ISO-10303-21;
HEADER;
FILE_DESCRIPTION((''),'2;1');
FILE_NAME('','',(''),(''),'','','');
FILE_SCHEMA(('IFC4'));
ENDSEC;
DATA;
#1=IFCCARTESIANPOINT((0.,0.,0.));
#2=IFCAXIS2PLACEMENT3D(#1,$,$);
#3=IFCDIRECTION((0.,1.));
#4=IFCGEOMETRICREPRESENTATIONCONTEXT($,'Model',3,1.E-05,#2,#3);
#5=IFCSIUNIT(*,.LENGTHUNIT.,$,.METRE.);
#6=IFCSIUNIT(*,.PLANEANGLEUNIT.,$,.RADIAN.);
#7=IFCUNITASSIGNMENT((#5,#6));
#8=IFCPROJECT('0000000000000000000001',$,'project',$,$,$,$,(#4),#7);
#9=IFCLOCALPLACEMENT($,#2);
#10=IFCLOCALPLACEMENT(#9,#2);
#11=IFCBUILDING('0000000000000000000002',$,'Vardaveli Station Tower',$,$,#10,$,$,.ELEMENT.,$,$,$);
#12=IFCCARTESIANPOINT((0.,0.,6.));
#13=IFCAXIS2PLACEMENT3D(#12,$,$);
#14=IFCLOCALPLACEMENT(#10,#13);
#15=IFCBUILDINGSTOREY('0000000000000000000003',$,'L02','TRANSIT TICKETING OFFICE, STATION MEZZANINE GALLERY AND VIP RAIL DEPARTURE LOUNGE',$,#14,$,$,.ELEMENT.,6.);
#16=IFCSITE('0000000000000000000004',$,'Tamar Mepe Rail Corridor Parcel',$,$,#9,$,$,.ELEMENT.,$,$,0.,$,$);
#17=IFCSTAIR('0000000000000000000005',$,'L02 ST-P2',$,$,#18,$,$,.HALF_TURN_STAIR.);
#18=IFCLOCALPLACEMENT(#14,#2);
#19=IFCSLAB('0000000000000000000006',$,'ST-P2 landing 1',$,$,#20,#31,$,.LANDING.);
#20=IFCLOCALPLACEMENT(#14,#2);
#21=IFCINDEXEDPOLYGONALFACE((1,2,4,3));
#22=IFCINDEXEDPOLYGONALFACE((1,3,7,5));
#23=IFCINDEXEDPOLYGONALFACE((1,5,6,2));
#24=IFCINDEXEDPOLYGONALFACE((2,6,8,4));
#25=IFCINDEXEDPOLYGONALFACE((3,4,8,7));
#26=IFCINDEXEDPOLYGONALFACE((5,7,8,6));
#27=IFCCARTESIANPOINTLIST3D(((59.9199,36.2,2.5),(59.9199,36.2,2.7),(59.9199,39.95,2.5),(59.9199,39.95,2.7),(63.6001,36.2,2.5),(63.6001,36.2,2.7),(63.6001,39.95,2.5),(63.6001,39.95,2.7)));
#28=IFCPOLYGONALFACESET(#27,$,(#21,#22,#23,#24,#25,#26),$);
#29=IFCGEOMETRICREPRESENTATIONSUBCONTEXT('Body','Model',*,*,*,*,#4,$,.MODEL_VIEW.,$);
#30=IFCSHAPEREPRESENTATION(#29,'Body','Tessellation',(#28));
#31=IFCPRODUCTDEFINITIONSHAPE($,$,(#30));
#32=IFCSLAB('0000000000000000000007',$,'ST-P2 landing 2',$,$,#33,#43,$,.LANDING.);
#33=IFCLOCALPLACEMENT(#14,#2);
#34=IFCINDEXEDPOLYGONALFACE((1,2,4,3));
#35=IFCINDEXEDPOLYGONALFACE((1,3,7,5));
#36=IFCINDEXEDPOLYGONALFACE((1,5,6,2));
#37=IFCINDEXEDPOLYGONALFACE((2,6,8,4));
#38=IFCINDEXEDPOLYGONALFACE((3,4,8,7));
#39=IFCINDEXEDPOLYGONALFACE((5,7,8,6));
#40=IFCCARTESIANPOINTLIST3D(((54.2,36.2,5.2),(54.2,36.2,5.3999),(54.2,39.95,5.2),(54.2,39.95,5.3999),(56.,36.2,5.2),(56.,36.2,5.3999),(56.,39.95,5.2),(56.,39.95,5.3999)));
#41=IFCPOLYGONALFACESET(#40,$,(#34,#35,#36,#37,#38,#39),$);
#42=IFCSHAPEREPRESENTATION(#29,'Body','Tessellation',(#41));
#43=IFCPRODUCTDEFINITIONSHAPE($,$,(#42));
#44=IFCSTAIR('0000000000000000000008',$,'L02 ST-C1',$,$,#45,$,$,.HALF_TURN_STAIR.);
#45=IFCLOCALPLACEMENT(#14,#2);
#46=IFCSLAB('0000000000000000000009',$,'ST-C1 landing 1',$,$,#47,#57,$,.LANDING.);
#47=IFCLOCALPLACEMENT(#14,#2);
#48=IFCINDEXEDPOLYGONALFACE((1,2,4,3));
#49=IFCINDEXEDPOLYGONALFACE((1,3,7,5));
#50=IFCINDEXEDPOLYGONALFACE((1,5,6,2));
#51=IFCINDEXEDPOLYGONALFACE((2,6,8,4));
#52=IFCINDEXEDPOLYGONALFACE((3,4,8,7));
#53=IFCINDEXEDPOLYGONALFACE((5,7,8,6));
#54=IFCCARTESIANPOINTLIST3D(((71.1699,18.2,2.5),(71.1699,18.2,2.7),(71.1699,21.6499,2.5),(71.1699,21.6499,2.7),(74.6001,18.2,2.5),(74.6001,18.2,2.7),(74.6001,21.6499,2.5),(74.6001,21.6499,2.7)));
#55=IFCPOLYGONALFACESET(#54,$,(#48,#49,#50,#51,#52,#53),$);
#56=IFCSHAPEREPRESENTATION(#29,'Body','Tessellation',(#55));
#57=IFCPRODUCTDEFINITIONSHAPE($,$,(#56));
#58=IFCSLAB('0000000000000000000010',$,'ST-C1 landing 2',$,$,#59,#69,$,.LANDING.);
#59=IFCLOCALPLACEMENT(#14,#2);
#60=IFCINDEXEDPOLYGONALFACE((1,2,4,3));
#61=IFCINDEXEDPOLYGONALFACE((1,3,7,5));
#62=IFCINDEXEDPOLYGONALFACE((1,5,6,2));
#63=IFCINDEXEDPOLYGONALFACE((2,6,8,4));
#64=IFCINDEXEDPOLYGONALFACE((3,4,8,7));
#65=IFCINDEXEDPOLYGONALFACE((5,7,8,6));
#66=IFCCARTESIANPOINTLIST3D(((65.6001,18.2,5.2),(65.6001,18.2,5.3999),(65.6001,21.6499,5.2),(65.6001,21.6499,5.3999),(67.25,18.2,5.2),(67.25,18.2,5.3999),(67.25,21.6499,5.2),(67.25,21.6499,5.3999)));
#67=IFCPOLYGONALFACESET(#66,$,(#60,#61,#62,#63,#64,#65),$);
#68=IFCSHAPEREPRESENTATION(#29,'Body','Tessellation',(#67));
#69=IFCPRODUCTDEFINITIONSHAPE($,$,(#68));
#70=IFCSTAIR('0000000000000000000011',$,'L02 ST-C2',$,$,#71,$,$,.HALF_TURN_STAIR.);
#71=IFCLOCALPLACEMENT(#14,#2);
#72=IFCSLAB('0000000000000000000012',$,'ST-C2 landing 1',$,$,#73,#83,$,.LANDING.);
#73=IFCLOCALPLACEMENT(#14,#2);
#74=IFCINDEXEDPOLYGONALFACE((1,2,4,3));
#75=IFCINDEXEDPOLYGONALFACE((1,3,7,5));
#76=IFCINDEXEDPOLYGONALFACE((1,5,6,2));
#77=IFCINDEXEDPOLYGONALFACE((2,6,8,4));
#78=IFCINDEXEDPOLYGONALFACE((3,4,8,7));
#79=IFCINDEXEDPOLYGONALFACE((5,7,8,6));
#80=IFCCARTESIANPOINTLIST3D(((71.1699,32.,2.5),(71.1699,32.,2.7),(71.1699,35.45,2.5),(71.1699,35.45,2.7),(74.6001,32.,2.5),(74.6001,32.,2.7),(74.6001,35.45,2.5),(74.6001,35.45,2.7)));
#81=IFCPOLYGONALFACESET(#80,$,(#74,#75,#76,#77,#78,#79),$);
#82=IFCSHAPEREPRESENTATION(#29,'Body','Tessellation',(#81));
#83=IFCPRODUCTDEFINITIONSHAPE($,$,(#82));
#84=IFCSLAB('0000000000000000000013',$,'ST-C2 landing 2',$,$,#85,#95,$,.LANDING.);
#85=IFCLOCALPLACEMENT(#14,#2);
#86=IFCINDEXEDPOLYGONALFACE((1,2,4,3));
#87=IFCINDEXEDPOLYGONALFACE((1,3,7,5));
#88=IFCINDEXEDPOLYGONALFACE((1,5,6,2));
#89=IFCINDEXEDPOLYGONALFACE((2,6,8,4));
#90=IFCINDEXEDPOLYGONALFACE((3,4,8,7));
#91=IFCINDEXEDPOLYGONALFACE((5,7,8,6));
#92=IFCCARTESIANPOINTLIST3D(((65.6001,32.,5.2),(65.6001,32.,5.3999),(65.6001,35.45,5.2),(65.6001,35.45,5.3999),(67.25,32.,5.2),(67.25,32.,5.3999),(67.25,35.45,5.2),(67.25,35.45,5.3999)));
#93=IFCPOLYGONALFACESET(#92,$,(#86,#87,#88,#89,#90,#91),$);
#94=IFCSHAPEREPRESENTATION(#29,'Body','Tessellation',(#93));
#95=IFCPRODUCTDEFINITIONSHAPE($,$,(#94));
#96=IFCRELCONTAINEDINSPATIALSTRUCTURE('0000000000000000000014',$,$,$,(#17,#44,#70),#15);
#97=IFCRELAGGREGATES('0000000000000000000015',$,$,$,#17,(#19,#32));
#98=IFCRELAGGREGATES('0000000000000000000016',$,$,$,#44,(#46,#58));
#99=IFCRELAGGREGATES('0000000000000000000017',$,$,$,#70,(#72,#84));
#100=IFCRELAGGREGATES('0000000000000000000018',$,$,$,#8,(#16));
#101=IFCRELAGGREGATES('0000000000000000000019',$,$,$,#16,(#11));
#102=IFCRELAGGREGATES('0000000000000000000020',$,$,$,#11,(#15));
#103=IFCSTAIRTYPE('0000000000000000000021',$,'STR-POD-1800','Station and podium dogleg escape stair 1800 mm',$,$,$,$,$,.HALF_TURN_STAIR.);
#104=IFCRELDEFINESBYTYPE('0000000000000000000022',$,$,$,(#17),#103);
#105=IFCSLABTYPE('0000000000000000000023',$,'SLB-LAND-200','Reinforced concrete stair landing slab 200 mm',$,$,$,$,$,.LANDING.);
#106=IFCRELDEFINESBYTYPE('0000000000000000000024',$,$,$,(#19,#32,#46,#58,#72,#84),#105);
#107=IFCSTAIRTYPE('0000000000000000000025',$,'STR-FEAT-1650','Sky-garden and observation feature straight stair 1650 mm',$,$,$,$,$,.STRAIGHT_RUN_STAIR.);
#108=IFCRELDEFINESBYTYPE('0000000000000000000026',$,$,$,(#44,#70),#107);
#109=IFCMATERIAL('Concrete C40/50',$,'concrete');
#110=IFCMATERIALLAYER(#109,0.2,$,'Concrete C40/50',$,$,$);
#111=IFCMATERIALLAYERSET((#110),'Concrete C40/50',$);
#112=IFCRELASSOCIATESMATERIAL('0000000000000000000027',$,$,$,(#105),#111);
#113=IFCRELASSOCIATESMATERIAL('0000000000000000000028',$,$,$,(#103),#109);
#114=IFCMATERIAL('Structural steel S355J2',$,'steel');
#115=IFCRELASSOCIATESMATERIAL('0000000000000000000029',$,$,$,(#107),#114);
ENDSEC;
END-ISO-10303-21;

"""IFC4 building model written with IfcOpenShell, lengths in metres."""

from ifc_helpers import new_model, si_unit, direction, frame, origin, place, context, subcontext, project, spatial, polyline, outline, extrude, material, layer, layer_set, type_object, element, aggregate, save


model = new_model("IFC4")

# Units and contexts
model_context = context("Model", 3, precision=1e-05, world=origin(), true_north=direction((0.0, 1.0)))
body_context = subcontext(model_context, "Body", "Model", "MODEL_VIEW")
ifc_project = project(units=[si_unit("LENGTHUNIT", "METRE"), si_unit("PLANEANGLEUNIT", "RADIAN")], contexts=[model_context])

# Site, building, storey
site_placement = place(None, origin())
site = spatial("IfcSite", under=ifc_project, at=site_placement, Name="Tamar Mepe Rail Corridor Parcel", CompositionType="ELEMENT", RefElevation=0.0)
building_placement = place(site_placement, origin())
building = spatial("IfcBuilding", under=site, at=building_placement, Name="Vardaveli Station Tower", CompositionType="ELEMENT")
storey_placement = place(building_placement, frame((0.0, 0.0, 6.0)))
storey = spatial("IfcBuildingStorey", under=building, at=storey_placement, Name="L02", Description="TRANSIT TICKETING OFFICE, STATION MEZZANINE GALLERY AND VIP RAIL DEPARTURE LOUNGE", CompositionType="ELEMENT", Elevation=6.0)

# Shared definitions
ifc_material_1 = material(Name="Structural steel S355J2", Category="steel")

# Stairs, slabs
ifc_material_2 = material(Name="Concrete C40/50", Category="concrete")
ifc_layer_1 = layer(ifc_material_2, 0.2, Name="Concrete C40/50")
ifc_layer_set_1 = layer_set([ifc_layer_1], Name="Concrete C40/50")
slab_type_1 = type_object("IfcSlabType", Name="SLB-LAND-200", Description="Reinforced concrete stair landing slab 200 mm", PredefinedType="LANDING", material=ifc_layer_set_1)
stair_type_1 = type_object("IfcStairType", Name="STR-POD-1800", Description="Station and podium dogleg escape stair 1800 mm", PredefinedType="HALF_TURN_STAIR", material=ifc_material_2)
stair_1_placement = place(storey_placement, origin())
stair_1 = element("IfcStair", 1, at=stair_1_placement, inside=storey, type_object=stair_type_1, Name="L02 ST-P2", PredefinedType="HALF_TURN_STAIR")
slab_1_placement = place(storey_placement, frame((0.0, 0.0, 2.5)))
slab_1 = element("IfcSlab", 2, at=slab_1_placement, type_object=slab_type_1, Name="ST-P2 landing 1", PredefinedType="LANDING", context=body_context, shape_type="SweptSolid", body=[
    extrude(outline(polyline([(59.9199, 36.2), (63.6001, 36.2), (63.6001, 39.95), (59.9199, 39.95), (59.9199, 36.2)])), origin(), (0.0, 0.0, 1.0), 0.2),
])
slab_2_placement = place(storey_placement, frame((0.0, 0.0, 5.2)))
slab_2 = element("IfcSlab", 3, at=slab_2_placement, type_object=slab_type_1, Name="ST-P2 landing 2", PredefinedType="LANDING", context=body_context, shape_type="SweptSolid", body=[
    extrude(outline(polyline([(54.2, 36.2), (56.0, 36.2), (56.0, 39.95), (54.2, 39.95), (54.2, 36.2)])), origin(), (0.0, 0.0, 1.0), 0.2),
])
aggregate(stair_1, [slab_1, slab_2])
stair_type_2 = type_object("IfcStairType", Name="STR-FEAT-1650", Description="Sky-garden and observation feature straight stair 1650 mm", PredefinedType="STRAIGHT_RUN_STAIR", material=ifc_material_1)
stair_2_placement = place(storey_placement, origin())
stair_2 = element("IfcStair", 4, at=stair_2_placement, inside=storey, type_object=stair_type_2, Name="L02 ST-C1", PredefinedType="HALF_TURN_STAIR")
slab_3_placement = place(storey_placement, frame((0.0, 0.0, 2.5)))
slab_3 = element("IfcSlab", 5, at=slab_3_placement, type_object=slab_type_1, Name="ST-C1 landing 1", PredefinedType="LANDING", context=body_context, shape_type="SweptSolid", body=[
    extrude(outline(polyline([(71.1699, 18.2), (74.6001, 18.2), (74.6001, 21.6499), (71.1699, 21.6499), (71.1699, 18.2)])), origin(), (0.0, 0.0, 1.0), 0.2),
])
slab_4_placement = place(storey_placement, frame((0.0, 0.0, 5.2)))
slab_4 = element("IfcSlab", 6, at=slab_4_placement, type_object=slab_type_1, Name="ST-C1 landing 2", PredefinedType="LANDING", context=body_context, shape_type="SweptSolid", body=[
    extrude(outline(polyline([(65.6001, 18.2), (67.25, 18.2), (67.25, 21.6499), (65.6001, 21.6499), (65.6001, 18.2)])), origin(), (0.0, 0.0, 1.0), 0.2),
])
aggregate(stair_2, [slab_3, slab_4])
stair_3_placement = place(storey_placement, origin())
stair_3 = element("IfcStair", 7, at=stair_3_placement, inside=storey, type_object=stair_type_2, Name="L02 ST-C2", PredefinedType="HALF_TURN_STAIR")
slab_5_placement = place(storey_placement, frame((0.0, 0.0, 2.5)))
slab_5 = element("IfcSlab", 8, at=slab_5_placement, type_object=slab_type_1, Name="ST-C2 landing 1", PredefinedType="LANDING", context=body_context, shape_type="SweptSolid", body=[
    extrude(outline(polyline([(71.1699, 32.0), (74.6001, 32.0), (74.6001, 35.45), (71.1699, 35.45), (71.1699, 32.0)])), origin(), (0.0, 0.0, 1.0), 0.2),
])
slab_6_placement = place(storey_placement, frame((0.0, 0.0, 5.2)))
slab_6 = element("IfcSlab", 9, at=slab_6_placement, type_object=slab_type_1, Name="ST-C2 landing 2", PredefinedType="LANDING", context=body_context, shape_type="SweptSolid", body=[
    extrude(outline(polyline([(65.6001, 32.0), (67.25, 32.0), (67.25, 35.45), (65.6001, 35.45), (65.6001, 32.0)])), origin(), (0.0, 0.0, 1.0), 0.2),
])
aggregate(stair_3, [slab_5, slab_6])

save(model, "model.ifc")
